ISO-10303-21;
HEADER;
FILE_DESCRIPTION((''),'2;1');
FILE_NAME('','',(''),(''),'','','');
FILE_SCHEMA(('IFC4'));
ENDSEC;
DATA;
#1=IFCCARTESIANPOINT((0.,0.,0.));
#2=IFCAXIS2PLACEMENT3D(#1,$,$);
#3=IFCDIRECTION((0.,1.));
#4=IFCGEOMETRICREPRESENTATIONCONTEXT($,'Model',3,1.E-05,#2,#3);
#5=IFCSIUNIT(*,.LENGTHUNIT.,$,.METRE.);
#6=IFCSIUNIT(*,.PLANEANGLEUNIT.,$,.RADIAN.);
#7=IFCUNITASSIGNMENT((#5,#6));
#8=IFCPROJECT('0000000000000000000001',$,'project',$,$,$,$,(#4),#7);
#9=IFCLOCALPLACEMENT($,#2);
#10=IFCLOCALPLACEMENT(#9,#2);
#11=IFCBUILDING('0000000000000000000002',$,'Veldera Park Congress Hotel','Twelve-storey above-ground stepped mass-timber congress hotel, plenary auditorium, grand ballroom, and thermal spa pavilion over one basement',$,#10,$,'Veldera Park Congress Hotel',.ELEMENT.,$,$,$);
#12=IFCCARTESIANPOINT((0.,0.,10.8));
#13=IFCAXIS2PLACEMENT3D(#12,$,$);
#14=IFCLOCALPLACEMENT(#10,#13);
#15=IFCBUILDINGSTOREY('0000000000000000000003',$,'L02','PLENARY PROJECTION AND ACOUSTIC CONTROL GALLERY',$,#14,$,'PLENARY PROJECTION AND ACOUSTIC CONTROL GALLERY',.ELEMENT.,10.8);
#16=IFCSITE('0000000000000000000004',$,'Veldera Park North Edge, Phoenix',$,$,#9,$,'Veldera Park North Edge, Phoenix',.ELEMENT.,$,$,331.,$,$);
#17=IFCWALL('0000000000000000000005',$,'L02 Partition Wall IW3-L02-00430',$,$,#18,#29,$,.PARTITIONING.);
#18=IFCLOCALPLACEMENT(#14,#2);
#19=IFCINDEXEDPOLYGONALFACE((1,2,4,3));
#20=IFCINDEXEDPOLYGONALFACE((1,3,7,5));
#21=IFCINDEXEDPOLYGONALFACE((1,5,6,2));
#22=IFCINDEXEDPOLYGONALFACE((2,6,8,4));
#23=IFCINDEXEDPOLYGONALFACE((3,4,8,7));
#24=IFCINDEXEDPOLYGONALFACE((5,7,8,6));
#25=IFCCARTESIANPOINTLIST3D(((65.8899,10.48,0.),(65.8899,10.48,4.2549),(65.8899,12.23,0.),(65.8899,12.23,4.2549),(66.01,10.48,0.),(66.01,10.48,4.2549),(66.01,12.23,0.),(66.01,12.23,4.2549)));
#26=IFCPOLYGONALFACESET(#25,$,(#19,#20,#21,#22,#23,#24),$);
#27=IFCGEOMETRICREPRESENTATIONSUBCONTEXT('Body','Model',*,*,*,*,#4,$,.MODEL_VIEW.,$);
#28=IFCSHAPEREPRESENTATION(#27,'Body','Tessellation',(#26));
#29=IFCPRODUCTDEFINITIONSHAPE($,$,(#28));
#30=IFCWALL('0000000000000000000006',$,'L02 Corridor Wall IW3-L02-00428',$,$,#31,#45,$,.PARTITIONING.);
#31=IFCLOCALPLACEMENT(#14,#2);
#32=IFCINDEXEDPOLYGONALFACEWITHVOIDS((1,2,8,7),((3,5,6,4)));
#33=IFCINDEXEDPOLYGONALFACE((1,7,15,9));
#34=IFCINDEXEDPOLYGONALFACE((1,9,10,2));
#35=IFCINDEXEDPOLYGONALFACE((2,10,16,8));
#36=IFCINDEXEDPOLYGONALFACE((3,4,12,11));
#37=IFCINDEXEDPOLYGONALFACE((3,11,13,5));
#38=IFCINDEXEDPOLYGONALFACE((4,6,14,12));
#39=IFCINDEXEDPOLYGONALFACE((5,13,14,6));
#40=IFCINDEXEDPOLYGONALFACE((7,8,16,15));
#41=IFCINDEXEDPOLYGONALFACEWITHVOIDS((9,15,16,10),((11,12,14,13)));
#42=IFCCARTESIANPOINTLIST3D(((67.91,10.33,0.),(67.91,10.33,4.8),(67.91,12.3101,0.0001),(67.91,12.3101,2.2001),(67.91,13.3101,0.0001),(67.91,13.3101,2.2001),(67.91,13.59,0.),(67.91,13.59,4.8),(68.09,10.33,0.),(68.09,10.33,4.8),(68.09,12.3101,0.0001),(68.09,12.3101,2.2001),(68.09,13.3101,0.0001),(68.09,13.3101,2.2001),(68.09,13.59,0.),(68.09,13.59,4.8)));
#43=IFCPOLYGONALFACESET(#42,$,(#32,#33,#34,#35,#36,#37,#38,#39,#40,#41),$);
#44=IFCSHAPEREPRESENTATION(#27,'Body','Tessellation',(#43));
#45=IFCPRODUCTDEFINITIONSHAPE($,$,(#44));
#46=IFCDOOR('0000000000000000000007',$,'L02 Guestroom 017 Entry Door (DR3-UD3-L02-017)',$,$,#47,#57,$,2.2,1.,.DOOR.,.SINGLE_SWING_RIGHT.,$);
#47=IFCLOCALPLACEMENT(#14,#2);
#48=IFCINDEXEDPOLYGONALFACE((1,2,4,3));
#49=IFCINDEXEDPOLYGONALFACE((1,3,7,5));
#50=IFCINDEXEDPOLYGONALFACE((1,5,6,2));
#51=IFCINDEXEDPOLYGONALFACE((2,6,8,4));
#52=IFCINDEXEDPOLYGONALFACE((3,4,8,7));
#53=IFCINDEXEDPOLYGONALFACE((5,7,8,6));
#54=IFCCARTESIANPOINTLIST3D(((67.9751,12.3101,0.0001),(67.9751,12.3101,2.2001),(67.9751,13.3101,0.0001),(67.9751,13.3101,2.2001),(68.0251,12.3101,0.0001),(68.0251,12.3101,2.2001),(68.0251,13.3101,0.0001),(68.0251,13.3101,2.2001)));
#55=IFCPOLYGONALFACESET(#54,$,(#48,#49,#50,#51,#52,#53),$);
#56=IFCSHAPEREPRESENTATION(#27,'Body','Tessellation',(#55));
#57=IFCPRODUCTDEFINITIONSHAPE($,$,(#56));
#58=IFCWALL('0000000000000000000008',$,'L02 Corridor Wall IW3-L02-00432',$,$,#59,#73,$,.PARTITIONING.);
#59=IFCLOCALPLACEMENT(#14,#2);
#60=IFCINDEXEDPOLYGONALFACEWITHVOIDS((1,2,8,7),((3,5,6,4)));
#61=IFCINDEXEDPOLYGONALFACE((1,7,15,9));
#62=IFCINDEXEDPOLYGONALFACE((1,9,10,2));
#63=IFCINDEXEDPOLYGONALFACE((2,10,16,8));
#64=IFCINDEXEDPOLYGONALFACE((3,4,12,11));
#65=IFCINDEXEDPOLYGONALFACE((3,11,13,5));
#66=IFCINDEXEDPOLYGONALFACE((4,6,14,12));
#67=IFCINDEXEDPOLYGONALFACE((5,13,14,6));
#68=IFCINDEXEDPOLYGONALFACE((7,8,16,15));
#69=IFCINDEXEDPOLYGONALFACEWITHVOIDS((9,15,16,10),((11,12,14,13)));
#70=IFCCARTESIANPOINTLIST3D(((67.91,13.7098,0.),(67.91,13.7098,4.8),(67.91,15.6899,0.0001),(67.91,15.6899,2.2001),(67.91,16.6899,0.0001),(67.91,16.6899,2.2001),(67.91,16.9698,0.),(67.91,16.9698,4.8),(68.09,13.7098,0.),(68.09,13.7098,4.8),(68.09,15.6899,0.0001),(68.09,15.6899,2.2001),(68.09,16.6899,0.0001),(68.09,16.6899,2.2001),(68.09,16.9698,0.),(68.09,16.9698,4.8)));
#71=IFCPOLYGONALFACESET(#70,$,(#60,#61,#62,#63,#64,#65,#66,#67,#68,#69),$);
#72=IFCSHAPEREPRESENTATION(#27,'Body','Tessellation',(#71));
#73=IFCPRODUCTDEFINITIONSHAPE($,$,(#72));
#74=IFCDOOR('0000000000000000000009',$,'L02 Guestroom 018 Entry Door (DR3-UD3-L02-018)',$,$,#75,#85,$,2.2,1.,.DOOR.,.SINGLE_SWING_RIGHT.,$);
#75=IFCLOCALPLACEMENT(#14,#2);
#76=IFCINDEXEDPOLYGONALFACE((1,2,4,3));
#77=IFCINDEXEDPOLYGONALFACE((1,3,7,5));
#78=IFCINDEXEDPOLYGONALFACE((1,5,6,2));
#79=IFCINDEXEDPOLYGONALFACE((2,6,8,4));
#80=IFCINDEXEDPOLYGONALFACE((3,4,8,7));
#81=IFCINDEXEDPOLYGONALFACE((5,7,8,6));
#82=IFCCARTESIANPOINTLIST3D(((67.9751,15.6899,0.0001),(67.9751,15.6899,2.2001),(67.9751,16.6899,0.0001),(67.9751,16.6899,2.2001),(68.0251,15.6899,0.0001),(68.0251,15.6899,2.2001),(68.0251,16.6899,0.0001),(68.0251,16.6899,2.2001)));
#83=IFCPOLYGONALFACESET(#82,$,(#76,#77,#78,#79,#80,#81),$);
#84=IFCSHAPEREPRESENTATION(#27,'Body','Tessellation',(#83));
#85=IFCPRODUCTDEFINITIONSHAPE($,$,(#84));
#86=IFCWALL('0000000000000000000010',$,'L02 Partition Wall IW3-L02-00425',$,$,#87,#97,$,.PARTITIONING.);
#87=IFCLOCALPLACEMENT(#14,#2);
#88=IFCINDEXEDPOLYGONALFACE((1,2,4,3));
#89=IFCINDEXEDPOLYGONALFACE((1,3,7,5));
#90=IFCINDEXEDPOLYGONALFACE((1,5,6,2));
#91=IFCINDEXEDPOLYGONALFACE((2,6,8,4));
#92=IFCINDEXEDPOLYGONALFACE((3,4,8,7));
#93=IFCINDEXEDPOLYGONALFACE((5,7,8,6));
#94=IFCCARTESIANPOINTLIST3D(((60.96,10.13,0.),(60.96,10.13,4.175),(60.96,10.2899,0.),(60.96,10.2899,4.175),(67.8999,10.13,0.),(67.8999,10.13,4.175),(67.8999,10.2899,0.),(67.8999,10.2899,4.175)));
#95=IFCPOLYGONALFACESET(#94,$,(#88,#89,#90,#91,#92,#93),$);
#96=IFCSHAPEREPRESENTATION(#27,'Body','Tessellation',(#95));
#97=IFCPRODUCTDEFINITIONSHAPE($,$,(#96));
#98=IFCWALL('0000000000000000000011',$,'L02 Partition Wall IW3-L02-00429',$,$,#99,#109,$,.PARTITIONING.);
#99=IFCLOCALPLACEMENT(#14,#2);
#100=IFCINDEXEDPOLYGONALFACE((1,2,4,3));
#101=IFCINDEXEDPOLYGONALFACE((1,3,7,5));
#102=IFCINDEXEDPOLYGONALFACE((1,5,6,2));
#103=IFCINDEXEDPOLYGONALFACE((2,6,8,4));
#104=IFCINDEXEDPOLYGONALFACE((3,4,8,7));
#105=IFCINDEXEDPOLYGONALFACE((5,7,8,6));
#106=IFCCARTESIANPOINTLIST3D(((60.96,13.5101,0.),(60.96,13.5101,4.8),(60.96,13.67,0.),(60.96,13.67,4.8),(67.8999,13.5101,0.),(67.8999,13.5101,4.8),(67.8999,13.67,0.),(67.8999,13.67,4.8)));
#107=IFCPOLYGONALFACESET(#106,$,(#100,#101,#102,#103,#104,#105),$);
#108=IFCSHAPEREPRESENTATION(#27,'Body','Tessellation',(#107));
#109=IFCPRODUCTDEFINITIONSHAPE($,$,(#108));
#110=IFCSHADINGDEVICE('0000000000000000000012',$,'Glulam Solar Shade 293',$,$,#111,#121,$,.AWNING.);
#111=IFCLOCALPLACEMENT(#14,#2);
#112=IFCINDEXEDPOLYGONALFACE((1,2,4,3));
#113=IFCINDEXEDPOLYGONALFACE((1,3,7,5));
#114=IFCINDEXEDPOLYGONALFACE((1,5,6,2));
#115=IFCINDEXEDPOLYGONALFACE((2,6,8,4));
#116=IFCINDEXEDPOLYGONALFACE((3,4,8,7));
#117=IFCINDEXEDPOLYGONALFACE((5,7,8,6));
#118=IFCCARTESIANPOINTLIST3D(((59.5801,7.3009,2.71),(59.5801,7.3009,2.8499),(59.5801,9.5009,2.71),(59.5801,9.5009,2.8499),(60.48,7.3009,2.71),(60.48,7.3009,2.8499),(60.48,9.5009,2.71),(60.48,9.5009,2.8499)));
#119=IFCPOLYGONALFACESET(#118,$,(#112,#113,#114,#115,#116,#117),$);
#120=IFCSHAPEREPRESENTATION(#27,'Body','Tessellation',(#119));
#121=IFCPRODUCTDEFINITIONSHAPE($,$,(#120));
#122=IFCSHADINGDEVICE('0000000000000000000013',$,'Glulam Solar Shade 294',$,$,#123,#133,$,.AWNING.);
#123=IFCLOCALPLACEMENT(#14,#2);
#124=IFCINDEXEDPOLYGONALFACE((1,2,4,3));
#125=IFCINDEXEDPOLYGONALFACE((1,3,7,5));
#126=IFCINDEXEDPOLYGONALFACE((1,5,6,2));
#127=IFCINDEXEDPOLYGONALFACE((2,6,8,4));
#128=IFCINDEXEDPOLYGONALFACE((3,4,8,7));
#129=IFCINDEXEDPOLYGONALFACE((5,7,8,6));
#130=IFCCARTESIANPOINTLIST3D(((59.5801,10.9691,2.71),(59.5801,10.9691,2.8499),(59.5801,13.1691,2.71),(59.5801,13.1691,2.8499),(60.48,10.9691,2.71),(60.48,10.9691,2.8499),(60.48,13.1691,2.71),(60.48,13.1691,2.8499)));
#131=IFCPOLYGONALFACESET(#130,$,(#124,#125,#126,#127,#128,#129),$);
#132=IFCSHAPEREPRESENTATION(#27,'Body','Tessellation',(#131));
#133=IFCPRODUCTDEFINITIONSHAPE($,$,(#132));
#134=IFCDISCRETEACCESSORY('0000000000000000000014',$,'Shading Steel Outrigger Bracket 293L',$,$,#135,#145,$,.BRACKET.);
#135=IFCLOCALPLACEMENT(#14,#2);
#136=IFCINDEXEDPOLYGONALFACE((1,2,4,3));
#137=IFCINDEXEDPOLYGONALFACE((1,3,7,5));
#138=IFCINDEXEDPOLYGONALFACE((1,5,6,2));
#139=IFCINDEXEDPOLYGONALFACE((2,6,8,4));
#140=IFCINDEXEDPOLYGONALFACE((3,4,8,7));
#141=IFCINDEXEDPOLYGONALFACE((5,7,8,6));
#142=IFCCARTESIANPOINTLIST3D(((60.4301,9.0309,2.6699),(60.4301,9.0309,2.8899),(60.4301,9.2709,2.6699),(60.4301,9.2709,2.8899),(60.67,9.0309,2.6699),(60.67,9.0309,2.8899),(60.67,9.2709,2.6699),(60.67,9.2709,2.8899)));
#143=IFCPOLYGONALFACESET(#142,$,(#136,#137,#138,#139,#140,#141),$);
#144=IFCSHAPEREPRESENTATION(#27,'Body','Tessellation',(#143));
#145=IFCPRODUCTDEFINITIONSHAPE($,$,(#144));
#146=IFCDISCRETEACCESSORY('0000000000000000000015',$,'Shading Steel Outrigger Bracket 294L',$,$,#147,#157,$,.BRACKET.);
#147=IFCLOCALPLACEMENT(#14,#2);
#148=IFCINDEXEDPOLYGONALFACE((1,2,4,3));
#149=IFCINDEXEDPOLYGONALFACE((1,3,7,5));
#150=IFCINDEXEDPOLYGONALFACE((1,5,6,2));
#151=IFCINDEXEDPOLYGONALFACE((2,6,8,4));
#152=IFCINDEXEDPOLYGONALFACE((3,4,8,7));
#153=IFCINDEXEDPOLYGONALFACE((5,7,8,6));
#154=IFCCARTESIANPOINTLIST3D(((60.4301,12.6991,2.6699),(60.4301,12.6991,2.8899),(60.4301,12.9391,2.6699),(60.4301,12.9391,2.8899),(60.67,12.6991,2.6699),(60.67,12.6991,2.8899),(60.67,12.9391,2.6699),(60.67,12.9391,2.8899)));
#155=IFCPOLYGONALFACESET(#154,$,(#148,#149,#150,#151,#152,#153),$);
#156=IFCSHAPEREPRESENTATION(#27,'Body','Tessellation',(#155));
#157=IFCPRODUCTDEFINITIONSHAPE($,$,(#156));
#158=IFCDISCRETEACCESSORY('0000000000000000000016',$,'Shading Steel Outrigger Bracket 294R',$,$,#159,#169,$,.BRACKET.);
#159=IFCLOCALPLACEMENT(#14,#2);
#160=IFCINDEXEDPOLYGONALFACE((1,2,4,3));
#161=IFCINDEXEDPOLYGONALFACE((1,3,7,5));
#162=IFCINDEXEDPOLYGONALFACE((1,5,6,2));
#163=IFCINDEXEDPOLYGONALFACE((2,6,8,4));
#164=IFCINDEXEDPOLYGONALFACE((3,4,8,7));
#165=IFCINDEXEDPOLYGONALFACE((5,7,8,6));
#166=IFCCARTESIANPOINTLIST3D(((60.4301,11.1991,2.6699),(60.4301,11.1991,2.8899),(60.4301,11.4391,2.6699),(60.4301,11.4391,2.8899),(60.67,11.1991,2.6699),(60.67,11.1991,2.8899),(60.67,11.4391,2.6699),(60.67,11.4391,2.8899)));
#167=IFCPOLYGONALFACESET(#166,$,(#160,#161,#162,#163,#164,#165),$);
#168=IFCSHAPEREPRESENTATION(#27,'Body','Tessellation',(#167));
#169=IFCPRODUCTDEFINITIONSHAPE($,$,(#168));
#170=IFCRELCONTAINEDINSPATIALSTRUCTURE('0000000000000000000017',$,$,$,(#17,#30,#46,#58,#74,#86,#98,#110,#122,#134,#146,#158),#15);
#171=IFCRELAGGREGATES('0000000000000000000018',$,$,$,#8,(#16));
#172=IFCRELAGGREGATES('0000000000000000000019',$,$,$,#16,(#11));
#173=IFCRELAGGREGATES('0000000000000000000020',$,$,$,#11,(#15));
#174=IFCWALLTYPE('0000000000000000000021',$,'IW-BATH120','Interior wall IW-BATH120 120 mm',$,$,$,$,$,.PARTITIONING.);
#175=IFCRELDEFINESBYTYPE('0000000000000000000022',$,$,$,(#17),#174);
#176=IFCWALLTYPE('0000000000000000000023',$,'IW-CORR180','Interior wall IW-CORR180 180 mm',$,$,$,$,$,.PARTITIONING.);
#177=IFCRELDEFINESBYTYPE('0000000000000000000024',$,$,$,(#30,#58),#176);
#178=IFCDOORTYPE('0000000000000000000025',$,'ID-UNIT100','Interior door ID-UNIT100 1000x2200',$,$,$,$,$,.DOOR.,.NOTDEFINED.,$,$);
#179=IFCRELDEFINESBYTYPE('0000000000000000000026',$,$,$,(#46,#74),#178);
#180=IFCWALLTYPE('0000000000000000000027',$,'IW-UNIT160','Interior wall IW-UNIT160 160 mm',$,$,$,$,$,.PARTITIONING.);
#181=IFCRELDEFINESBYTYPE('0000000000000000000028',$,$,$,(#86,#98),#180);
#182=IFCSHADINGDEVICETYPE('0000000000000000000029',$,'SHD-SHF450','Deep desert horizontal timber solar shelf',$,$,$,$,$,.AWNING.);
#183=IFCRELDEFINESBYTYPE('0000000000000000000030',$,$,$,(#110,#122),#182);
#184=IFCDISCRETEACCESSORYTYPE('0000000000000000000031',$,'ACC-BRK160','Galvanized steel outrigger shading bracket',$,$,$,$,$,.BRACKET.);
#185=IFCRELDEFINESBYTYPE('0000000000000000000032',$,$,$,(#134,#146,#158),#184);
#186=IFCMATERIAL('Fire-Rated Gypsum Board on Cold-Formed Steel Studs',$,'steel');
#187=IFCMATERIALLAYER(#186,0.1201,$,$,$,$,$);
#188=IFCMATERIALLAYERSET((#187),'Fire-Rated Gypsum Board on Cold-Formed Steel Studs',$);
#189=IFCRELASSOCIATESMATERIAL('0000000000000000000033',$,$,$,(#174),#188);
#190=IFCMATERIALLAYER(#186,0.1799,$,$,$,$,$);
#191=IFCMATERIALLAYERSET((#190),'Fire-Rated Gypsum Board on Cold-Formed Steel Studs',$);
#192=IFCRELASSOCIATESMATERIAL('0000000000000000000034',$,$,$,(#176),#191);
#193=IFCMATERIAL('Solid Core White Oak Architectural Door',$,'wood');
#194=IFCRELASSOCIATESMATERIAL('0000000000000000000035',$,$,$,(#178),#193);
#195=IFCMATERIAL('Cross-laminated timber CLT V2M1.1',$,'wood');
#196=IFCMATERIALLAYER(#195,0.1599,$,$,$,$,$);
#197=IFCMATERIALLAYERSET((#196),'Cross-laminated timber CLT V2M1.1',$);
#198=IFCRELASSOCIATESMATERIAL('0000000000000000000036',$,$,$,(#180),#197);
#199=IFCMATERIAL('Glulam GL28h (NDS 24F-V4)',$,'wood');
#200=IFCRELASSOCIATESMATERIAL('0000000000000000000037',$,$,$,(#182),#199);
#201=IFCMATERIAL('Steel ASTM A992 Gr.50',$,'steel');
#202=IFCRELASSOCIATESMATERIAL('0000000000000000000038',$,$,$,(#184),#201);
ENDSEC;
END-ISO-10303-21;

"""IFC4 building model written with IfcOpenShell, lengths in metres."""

from ifc_helpers import new_model, si_unit, direction, frame, frame_2d, origin, origin_2d, place, context, subcontext, project, spatial, rectangle, extrude, material, layer, layer_set, type_object, element, fill, save


model = new_model("IFC4")

# Units and contexts
model_context = context("Model", 3, precision=1e-05, world=origin(), true_north=direction((0.0, 1.0)))
body_context = subcontext(model_context, "Body", "Model", "MODEL_VIEW")
ifc_project = project(units=[si_unit("LENGTHUNIT", "METRE"), si_unit("PLANEANGLEUNIT", "RADIAN")], contexts=[model_context])

# Site, building, storey
site_placement = place(None, origin())
site = spatial("IfcSite", under=ifc_project, at=site_placement, Name="Veldera Park North Edge, Phoenix", LongName="Veldera Park North Edge, Phoenix", CompositionType="ELEMENT", RefElevation=331.0)
building_placement = place(site_placement, origin())
building = spatial("IfcBuilding", under=site, at=building_placement, Name="Veldera Park Congress Hotel", Description="Twelve-storey above-ground stepped mass-timber congress hotel, plenary auditorium, grand ballroom, and thermal spa pavilion over one basement", LongName="Veldera Park Congress Hotel", CompositionType="ELEMENT")
storey_placement = place(building_placement, frame((0.0, 0.0, 10.8)))
storey = spatial("IfcBuildingStorey", under=building, at=storey_placement, Name="L02", Description="PLENARY PROJECTION AND ACOUSTIC CONTROL GALLERY", LongName="PLENARY PROJECTION AND ACOUSTIC CONTROL GALLERY", CompositionType="ELEMENT", Elevation=10.8)

# Shared definitions
ifc_material_1 = material(Name="Glulam GL28h (NDS 24F-V4)", Category="wood")

# Shared definitions
ifc_material_2 = material(Name="Cross-laminated timber CLT V2M1.1", Category="wood")

# Wall
ifc_material_3 = material(Name="Fire-Rated Gypsum Board on Cold-Formed Steel Studs", Category="steel")
ifc_layer_1 = layer(ifc_material_3, 0.1201)
ifc_layer_set_1 = layer_set([ifc_layer_1], Name="Fire-Rated Gypsum Board on Cold-Formed Steel Studs")
wall_type_1 = type_object("IfcWallType", Name="IW-BATH120", Description="Interior wall IW-BATH120 120 mm", PredefinedType="PARTITIONING", material=ifc_layer_set_1)
wall_1_placement = place(storey_placement, frame((65.95, 10.48, 0.0), z_axis=(0.0, 0.0, 1.0), x_axis=(0.0, 1.0, 0.0)))
element("IfcWall", 1, at=wall_1_placement, inside=storey, type_object=wall_type_1, Name="L02 Partition Wall IW3-L02-00430", PredefinedType="PARTITIONING", context=body_context, shape_type="SweptSolid", body=[
    extrude(rectangle(XDim=1.75, YDim=0.1201, at=frame_2d((0.875, 0.0))), origin(), (0.0, 0.0, 1.0), 4.2549),
])

# Walls, openings, doors
ifc_material_4 = material(Name="Solid Core White Oak Architectural Door", Category="wood")
ifc_layer_2 = layer(ifc_material_3, 0.1799)
ifc_layer_set_2 = layer_set([ifc_layer_2], Name="Fire-Rated Gypsum Board on Cold-Formed Steel Studs")
wall_type_2 = type_object("IfcWallType", Name="IW-CORR180", Description="Interior wall IW-CORR180 180 mm", PredefinedType="PARTITIONING", material=ifc_layer_set_2)
wall_2_placement = place(storey_placement, frame((68.0, 10.3301, 0.0), z_axis=(0.0, 0.0, 1.0), x_axis=(0.0, 1.0, 0.0)))
wall_2 = element("IfcWall", 2, at=wall_2_placement, inside=storey, type_object=wall_type_2, Name="L02 Corridor Wall IW3-L02-00428", PredefinedType="PARTITIONING", context=body_context, shape_type="SweptSolid", body=[
    extrude(rectangle(XDim=3.26, YDim=0.1799, at=frame_2d((1.6299, 0.0))), origin(), (0.0, 0.0, 1.0), 4.8),
])
opening_1_placement = place(wall_2_placement, frame((1.98, 0.0, 0.0)))
opening_1 = element("IfcOpeningElement", 3, at=opening_1_placement, cuts=wall_2, PredefinedType="OPENING", context=body_context, shape_type="SweptSolid", body=[
    extrude(rectangle(XDim=1.0, YDim=2.2, at=frame_2d((0.5, 1.1001))), frame((0.0, 0.1021, 0.0), z_axis=(0.0, -1.0, 0.0), x_axis=(1.0, 0.0, 0.0)), (0.0, 0.0, 1.0), 0.2039),
])
door_type_1 = type_object("IfcDoorType", Name="ID-UNIT100", Description="Interior door ID-UNIT100 1000x2200", OperationType="NOTDEFINED", PredefinedType="DOOR", material=ifc_material_4)
door_1_placement = place(opening_1_placement, origin())
door_1 = element("IfcDoor", 4, at=door_1_placement, inside=storey, type_object=door_type_1, Name="L02 Guestroom 017 Entry Door (DR3-UD3-L02-017)", OperationType="SINGLE_SWING_RIGHT", OverallHeight=2.2, OverallWidth=1.0, PredefinedType="DOOR", context=body_context, shape_type="SweptSolid", body=[
    extrude(rectangle(XDim=1.0, YDim=2.2, at=frame_2d((0.5, 1.1001))), frame((0.0, 0.0249, 0.0), z_axis=(0.0, -1.0, 0.0), x_axis=(1.0, 0.0, 0.0)), (0.0, 0.0, 1.0), 0.05),
])
fill(opening_1, door_1)
wall_3_placement = place(storey_placement, frame((68.0, 13.71, 0.0), z_axis=(0.0, 0.0, 1.0), x_axis=(0.0, 1.0, 0.0)))
wall_3 = element("IfcWall", 5, at=wall_3_placement, inside=storey, type_object=wall_type_2, Name="L02 Corridor Wall IW3-L02-00432", PredefinedType="PARTITIONING", context=body_context, shape_type="SweptSolid", body=[
    extrude(rectangle(XDim=3.26, YDim=0.1799, at=frame_2d((1.6299, 0.0))), origin(), (0.0, 0.0, 1.0), 4.8),
])
opening_2_placement = place(wall_3_placement, frame((1.98, 0.0, 0.0)))
opening_2 = element("IfcOpeningElement", 6, at=opening_2_placement, cuts=wall_3, PredefinedType="OPENING", context=body_context, shape_type="SweptSolid", body=[
    extrude(rectangle(XDim=1.0, YDim=2.2, at=frame_2d((0.5, 1.1001))), frame((0.0, 0.1021, 0.0), z_axis=(0.0, -1.0, 0.0), x_axis=(1.0, 0.0, 0.0)), (0.0, 0.0, 1.0), 0.2039),
])
door_2_placement = place(opening_2_placement, origin())
door_2 = element("IfcDoor", 7, at=door_2_placement, inside=storey, type_object=door_type_1, Name="L02 Guestroom 018 Entry Door (DR3-UD3-L02-018)", OperationType="SINGLE_SWING_RIGHT", OverallHeight=2.2, OverallWidth=1.0, PredefinedType="DOOR", context=body_context, shape_type="SweptSolid", body=[
    extrude(rectangle(XDim=1.0, YDim=2.2, at=frame_2d((0.5, 1.1001))), frame((0.0, 0.0249, 0.0), z_axis=(0.0, -1.0, 0.0), x_axis=(1.0, 0.0, 0.0)), (0.0, 0.0, 1.0), 0.05),
])
fill(opening_2, door_2)

# Walls
ifc_layer_3 = layer(ifc_material_2, 0.1599)
ifc_layer_set_3 = layer_set([ifc_layer_3], Name="Cross-laminated timber CLT V2M1.1")
wall_type_3 = type_object("IfcWallType", Name="IW-UNIT160", Description="Interior wall IW-UNIT160 160 mm", PredefinedType="PARTITIONING", material=ifc_layer_set_3)
wall_4_placement = place(storey_placement, frame((60.96, 10.21, 0.0), z_axis=(0.0, 0.0, 1.0), x_axis=(1.0, 0.0, 0.0)))
element("IfcWall", 8, at=wall_4_placement, inside=storey, type_object=wall_type_3, Name="L02 Partition Wall IW3-L02-00425", PredefinedType="PARTITIONING", context=body_context, shape_type="SweptSolid", body=[
    extrude(rectangle(XDim=6.9399, YDim=0.1599, at=frame_2d((3.47, 0.0))), origin(), (0.0, 0.0, 1.0), 4.175),
])
wall_5_placement = place(storey_placement, frame((60.96, 13.5901, 0.0), z_axis=(0.0, 0.0, 1.0), x_axis=(1.0, 0.0, 0.0)))
element("IfcWall", 9, at=wall_5_placement, inside=storey, type_object=wall_type_3, Name="L02 Partition Wall IW3-L02-00429", PredefinedType="PARTITIONING", context=body_context, shape_type="SweptSolid", body=[
    extrude(rectangle(XDim=6.9399, YDim=0.1599, at=frame_2d((3.47, 0.0))), origin(), (0.0, 0.0, 1.0), 4.8),
])

# Shading devices
shading_device_type = type_object("IfcShadingDeviceType", Name="SHD-SHF450", Description="Deep desert horizontal timber solar shelf", PredefinedType="AWNING", material=ifc_material_1)
for number, where, z_axis, x_axis, name in (
    (10, (60.03, 8.4009, 2.71), (0.0, 0.0, 1.0), (0.0, -1.0, 0.0), "Glulam Solar Shade 293"),
    (11, (60.03, 12.0691, 2.71), (0.0, 0.0, 1.0), (0.0, -1.0, 0.0), "Glulam Solar Shade 294"),
):
    element("IfcShadingDevice", number, at=place(storey_placement, frame(where, z_axis=z_axis, x_axis=x_axis)), inside=storey, type_object=shading_device_type, Name=name, PredefinedType="AWNING", context=body_context, shape_type="SweptSolid", body=[
        extrude(rectangle(XDim=2.2, YDim=0.8999, at=origin_2d()), origin(), (0.0, 0.0, 1.0), 0.1399),
    ])

# Discrete accessories
ifc_material_5 = material(Name="Steel ASTM A992 Gr.50", Category="steel")
discrete_accessory_type = type_object("IfcDiscreteAccessoryType", Name="ACC-BRK160", Description="Galvanized steel outrigger shading bracket", PredefinedType="BRACKET", material=ifc_material_5)
for number, where, z_axis, x_axis, name in (
    (12, (60.55, 9.1509, 2.6699), (0.0, 0.0, 1.0), (0.0, -1.0, 0.0), "Shading Steel Outrigger Bracket 293L"),
    (13, (60.55, 12.8191, 2.6699), (0.0, 0.0, 1.0), (0.0, -1.0, 0.0), "Shading Steel Outrigger Bracket 294L"),
    (14, (60.55, 11.3191, 2.6699), (0.0, 0.0, 1.0), (0.0, -1.0, 0.0), "Shading Steel Outrigger Bracket 294R"),
):
    element("IfcDiscreteAccessory", number, at=place(storey_placement, frame(where, z_axis=z_axis, x_axis=x_axis)), inside=storey, type_object=discrete_accessory_type, Name=name, PredefinedType="BRACKET", context=body_context, shape_type="SweptSolid", body=[
        extrude(rectangle(XDim=0.24, YDim=0.24, at=origin_2d()), origin(), (0.0, 0.0, 1.0), 0.22),
    ])

save(model, "model.ifc")
